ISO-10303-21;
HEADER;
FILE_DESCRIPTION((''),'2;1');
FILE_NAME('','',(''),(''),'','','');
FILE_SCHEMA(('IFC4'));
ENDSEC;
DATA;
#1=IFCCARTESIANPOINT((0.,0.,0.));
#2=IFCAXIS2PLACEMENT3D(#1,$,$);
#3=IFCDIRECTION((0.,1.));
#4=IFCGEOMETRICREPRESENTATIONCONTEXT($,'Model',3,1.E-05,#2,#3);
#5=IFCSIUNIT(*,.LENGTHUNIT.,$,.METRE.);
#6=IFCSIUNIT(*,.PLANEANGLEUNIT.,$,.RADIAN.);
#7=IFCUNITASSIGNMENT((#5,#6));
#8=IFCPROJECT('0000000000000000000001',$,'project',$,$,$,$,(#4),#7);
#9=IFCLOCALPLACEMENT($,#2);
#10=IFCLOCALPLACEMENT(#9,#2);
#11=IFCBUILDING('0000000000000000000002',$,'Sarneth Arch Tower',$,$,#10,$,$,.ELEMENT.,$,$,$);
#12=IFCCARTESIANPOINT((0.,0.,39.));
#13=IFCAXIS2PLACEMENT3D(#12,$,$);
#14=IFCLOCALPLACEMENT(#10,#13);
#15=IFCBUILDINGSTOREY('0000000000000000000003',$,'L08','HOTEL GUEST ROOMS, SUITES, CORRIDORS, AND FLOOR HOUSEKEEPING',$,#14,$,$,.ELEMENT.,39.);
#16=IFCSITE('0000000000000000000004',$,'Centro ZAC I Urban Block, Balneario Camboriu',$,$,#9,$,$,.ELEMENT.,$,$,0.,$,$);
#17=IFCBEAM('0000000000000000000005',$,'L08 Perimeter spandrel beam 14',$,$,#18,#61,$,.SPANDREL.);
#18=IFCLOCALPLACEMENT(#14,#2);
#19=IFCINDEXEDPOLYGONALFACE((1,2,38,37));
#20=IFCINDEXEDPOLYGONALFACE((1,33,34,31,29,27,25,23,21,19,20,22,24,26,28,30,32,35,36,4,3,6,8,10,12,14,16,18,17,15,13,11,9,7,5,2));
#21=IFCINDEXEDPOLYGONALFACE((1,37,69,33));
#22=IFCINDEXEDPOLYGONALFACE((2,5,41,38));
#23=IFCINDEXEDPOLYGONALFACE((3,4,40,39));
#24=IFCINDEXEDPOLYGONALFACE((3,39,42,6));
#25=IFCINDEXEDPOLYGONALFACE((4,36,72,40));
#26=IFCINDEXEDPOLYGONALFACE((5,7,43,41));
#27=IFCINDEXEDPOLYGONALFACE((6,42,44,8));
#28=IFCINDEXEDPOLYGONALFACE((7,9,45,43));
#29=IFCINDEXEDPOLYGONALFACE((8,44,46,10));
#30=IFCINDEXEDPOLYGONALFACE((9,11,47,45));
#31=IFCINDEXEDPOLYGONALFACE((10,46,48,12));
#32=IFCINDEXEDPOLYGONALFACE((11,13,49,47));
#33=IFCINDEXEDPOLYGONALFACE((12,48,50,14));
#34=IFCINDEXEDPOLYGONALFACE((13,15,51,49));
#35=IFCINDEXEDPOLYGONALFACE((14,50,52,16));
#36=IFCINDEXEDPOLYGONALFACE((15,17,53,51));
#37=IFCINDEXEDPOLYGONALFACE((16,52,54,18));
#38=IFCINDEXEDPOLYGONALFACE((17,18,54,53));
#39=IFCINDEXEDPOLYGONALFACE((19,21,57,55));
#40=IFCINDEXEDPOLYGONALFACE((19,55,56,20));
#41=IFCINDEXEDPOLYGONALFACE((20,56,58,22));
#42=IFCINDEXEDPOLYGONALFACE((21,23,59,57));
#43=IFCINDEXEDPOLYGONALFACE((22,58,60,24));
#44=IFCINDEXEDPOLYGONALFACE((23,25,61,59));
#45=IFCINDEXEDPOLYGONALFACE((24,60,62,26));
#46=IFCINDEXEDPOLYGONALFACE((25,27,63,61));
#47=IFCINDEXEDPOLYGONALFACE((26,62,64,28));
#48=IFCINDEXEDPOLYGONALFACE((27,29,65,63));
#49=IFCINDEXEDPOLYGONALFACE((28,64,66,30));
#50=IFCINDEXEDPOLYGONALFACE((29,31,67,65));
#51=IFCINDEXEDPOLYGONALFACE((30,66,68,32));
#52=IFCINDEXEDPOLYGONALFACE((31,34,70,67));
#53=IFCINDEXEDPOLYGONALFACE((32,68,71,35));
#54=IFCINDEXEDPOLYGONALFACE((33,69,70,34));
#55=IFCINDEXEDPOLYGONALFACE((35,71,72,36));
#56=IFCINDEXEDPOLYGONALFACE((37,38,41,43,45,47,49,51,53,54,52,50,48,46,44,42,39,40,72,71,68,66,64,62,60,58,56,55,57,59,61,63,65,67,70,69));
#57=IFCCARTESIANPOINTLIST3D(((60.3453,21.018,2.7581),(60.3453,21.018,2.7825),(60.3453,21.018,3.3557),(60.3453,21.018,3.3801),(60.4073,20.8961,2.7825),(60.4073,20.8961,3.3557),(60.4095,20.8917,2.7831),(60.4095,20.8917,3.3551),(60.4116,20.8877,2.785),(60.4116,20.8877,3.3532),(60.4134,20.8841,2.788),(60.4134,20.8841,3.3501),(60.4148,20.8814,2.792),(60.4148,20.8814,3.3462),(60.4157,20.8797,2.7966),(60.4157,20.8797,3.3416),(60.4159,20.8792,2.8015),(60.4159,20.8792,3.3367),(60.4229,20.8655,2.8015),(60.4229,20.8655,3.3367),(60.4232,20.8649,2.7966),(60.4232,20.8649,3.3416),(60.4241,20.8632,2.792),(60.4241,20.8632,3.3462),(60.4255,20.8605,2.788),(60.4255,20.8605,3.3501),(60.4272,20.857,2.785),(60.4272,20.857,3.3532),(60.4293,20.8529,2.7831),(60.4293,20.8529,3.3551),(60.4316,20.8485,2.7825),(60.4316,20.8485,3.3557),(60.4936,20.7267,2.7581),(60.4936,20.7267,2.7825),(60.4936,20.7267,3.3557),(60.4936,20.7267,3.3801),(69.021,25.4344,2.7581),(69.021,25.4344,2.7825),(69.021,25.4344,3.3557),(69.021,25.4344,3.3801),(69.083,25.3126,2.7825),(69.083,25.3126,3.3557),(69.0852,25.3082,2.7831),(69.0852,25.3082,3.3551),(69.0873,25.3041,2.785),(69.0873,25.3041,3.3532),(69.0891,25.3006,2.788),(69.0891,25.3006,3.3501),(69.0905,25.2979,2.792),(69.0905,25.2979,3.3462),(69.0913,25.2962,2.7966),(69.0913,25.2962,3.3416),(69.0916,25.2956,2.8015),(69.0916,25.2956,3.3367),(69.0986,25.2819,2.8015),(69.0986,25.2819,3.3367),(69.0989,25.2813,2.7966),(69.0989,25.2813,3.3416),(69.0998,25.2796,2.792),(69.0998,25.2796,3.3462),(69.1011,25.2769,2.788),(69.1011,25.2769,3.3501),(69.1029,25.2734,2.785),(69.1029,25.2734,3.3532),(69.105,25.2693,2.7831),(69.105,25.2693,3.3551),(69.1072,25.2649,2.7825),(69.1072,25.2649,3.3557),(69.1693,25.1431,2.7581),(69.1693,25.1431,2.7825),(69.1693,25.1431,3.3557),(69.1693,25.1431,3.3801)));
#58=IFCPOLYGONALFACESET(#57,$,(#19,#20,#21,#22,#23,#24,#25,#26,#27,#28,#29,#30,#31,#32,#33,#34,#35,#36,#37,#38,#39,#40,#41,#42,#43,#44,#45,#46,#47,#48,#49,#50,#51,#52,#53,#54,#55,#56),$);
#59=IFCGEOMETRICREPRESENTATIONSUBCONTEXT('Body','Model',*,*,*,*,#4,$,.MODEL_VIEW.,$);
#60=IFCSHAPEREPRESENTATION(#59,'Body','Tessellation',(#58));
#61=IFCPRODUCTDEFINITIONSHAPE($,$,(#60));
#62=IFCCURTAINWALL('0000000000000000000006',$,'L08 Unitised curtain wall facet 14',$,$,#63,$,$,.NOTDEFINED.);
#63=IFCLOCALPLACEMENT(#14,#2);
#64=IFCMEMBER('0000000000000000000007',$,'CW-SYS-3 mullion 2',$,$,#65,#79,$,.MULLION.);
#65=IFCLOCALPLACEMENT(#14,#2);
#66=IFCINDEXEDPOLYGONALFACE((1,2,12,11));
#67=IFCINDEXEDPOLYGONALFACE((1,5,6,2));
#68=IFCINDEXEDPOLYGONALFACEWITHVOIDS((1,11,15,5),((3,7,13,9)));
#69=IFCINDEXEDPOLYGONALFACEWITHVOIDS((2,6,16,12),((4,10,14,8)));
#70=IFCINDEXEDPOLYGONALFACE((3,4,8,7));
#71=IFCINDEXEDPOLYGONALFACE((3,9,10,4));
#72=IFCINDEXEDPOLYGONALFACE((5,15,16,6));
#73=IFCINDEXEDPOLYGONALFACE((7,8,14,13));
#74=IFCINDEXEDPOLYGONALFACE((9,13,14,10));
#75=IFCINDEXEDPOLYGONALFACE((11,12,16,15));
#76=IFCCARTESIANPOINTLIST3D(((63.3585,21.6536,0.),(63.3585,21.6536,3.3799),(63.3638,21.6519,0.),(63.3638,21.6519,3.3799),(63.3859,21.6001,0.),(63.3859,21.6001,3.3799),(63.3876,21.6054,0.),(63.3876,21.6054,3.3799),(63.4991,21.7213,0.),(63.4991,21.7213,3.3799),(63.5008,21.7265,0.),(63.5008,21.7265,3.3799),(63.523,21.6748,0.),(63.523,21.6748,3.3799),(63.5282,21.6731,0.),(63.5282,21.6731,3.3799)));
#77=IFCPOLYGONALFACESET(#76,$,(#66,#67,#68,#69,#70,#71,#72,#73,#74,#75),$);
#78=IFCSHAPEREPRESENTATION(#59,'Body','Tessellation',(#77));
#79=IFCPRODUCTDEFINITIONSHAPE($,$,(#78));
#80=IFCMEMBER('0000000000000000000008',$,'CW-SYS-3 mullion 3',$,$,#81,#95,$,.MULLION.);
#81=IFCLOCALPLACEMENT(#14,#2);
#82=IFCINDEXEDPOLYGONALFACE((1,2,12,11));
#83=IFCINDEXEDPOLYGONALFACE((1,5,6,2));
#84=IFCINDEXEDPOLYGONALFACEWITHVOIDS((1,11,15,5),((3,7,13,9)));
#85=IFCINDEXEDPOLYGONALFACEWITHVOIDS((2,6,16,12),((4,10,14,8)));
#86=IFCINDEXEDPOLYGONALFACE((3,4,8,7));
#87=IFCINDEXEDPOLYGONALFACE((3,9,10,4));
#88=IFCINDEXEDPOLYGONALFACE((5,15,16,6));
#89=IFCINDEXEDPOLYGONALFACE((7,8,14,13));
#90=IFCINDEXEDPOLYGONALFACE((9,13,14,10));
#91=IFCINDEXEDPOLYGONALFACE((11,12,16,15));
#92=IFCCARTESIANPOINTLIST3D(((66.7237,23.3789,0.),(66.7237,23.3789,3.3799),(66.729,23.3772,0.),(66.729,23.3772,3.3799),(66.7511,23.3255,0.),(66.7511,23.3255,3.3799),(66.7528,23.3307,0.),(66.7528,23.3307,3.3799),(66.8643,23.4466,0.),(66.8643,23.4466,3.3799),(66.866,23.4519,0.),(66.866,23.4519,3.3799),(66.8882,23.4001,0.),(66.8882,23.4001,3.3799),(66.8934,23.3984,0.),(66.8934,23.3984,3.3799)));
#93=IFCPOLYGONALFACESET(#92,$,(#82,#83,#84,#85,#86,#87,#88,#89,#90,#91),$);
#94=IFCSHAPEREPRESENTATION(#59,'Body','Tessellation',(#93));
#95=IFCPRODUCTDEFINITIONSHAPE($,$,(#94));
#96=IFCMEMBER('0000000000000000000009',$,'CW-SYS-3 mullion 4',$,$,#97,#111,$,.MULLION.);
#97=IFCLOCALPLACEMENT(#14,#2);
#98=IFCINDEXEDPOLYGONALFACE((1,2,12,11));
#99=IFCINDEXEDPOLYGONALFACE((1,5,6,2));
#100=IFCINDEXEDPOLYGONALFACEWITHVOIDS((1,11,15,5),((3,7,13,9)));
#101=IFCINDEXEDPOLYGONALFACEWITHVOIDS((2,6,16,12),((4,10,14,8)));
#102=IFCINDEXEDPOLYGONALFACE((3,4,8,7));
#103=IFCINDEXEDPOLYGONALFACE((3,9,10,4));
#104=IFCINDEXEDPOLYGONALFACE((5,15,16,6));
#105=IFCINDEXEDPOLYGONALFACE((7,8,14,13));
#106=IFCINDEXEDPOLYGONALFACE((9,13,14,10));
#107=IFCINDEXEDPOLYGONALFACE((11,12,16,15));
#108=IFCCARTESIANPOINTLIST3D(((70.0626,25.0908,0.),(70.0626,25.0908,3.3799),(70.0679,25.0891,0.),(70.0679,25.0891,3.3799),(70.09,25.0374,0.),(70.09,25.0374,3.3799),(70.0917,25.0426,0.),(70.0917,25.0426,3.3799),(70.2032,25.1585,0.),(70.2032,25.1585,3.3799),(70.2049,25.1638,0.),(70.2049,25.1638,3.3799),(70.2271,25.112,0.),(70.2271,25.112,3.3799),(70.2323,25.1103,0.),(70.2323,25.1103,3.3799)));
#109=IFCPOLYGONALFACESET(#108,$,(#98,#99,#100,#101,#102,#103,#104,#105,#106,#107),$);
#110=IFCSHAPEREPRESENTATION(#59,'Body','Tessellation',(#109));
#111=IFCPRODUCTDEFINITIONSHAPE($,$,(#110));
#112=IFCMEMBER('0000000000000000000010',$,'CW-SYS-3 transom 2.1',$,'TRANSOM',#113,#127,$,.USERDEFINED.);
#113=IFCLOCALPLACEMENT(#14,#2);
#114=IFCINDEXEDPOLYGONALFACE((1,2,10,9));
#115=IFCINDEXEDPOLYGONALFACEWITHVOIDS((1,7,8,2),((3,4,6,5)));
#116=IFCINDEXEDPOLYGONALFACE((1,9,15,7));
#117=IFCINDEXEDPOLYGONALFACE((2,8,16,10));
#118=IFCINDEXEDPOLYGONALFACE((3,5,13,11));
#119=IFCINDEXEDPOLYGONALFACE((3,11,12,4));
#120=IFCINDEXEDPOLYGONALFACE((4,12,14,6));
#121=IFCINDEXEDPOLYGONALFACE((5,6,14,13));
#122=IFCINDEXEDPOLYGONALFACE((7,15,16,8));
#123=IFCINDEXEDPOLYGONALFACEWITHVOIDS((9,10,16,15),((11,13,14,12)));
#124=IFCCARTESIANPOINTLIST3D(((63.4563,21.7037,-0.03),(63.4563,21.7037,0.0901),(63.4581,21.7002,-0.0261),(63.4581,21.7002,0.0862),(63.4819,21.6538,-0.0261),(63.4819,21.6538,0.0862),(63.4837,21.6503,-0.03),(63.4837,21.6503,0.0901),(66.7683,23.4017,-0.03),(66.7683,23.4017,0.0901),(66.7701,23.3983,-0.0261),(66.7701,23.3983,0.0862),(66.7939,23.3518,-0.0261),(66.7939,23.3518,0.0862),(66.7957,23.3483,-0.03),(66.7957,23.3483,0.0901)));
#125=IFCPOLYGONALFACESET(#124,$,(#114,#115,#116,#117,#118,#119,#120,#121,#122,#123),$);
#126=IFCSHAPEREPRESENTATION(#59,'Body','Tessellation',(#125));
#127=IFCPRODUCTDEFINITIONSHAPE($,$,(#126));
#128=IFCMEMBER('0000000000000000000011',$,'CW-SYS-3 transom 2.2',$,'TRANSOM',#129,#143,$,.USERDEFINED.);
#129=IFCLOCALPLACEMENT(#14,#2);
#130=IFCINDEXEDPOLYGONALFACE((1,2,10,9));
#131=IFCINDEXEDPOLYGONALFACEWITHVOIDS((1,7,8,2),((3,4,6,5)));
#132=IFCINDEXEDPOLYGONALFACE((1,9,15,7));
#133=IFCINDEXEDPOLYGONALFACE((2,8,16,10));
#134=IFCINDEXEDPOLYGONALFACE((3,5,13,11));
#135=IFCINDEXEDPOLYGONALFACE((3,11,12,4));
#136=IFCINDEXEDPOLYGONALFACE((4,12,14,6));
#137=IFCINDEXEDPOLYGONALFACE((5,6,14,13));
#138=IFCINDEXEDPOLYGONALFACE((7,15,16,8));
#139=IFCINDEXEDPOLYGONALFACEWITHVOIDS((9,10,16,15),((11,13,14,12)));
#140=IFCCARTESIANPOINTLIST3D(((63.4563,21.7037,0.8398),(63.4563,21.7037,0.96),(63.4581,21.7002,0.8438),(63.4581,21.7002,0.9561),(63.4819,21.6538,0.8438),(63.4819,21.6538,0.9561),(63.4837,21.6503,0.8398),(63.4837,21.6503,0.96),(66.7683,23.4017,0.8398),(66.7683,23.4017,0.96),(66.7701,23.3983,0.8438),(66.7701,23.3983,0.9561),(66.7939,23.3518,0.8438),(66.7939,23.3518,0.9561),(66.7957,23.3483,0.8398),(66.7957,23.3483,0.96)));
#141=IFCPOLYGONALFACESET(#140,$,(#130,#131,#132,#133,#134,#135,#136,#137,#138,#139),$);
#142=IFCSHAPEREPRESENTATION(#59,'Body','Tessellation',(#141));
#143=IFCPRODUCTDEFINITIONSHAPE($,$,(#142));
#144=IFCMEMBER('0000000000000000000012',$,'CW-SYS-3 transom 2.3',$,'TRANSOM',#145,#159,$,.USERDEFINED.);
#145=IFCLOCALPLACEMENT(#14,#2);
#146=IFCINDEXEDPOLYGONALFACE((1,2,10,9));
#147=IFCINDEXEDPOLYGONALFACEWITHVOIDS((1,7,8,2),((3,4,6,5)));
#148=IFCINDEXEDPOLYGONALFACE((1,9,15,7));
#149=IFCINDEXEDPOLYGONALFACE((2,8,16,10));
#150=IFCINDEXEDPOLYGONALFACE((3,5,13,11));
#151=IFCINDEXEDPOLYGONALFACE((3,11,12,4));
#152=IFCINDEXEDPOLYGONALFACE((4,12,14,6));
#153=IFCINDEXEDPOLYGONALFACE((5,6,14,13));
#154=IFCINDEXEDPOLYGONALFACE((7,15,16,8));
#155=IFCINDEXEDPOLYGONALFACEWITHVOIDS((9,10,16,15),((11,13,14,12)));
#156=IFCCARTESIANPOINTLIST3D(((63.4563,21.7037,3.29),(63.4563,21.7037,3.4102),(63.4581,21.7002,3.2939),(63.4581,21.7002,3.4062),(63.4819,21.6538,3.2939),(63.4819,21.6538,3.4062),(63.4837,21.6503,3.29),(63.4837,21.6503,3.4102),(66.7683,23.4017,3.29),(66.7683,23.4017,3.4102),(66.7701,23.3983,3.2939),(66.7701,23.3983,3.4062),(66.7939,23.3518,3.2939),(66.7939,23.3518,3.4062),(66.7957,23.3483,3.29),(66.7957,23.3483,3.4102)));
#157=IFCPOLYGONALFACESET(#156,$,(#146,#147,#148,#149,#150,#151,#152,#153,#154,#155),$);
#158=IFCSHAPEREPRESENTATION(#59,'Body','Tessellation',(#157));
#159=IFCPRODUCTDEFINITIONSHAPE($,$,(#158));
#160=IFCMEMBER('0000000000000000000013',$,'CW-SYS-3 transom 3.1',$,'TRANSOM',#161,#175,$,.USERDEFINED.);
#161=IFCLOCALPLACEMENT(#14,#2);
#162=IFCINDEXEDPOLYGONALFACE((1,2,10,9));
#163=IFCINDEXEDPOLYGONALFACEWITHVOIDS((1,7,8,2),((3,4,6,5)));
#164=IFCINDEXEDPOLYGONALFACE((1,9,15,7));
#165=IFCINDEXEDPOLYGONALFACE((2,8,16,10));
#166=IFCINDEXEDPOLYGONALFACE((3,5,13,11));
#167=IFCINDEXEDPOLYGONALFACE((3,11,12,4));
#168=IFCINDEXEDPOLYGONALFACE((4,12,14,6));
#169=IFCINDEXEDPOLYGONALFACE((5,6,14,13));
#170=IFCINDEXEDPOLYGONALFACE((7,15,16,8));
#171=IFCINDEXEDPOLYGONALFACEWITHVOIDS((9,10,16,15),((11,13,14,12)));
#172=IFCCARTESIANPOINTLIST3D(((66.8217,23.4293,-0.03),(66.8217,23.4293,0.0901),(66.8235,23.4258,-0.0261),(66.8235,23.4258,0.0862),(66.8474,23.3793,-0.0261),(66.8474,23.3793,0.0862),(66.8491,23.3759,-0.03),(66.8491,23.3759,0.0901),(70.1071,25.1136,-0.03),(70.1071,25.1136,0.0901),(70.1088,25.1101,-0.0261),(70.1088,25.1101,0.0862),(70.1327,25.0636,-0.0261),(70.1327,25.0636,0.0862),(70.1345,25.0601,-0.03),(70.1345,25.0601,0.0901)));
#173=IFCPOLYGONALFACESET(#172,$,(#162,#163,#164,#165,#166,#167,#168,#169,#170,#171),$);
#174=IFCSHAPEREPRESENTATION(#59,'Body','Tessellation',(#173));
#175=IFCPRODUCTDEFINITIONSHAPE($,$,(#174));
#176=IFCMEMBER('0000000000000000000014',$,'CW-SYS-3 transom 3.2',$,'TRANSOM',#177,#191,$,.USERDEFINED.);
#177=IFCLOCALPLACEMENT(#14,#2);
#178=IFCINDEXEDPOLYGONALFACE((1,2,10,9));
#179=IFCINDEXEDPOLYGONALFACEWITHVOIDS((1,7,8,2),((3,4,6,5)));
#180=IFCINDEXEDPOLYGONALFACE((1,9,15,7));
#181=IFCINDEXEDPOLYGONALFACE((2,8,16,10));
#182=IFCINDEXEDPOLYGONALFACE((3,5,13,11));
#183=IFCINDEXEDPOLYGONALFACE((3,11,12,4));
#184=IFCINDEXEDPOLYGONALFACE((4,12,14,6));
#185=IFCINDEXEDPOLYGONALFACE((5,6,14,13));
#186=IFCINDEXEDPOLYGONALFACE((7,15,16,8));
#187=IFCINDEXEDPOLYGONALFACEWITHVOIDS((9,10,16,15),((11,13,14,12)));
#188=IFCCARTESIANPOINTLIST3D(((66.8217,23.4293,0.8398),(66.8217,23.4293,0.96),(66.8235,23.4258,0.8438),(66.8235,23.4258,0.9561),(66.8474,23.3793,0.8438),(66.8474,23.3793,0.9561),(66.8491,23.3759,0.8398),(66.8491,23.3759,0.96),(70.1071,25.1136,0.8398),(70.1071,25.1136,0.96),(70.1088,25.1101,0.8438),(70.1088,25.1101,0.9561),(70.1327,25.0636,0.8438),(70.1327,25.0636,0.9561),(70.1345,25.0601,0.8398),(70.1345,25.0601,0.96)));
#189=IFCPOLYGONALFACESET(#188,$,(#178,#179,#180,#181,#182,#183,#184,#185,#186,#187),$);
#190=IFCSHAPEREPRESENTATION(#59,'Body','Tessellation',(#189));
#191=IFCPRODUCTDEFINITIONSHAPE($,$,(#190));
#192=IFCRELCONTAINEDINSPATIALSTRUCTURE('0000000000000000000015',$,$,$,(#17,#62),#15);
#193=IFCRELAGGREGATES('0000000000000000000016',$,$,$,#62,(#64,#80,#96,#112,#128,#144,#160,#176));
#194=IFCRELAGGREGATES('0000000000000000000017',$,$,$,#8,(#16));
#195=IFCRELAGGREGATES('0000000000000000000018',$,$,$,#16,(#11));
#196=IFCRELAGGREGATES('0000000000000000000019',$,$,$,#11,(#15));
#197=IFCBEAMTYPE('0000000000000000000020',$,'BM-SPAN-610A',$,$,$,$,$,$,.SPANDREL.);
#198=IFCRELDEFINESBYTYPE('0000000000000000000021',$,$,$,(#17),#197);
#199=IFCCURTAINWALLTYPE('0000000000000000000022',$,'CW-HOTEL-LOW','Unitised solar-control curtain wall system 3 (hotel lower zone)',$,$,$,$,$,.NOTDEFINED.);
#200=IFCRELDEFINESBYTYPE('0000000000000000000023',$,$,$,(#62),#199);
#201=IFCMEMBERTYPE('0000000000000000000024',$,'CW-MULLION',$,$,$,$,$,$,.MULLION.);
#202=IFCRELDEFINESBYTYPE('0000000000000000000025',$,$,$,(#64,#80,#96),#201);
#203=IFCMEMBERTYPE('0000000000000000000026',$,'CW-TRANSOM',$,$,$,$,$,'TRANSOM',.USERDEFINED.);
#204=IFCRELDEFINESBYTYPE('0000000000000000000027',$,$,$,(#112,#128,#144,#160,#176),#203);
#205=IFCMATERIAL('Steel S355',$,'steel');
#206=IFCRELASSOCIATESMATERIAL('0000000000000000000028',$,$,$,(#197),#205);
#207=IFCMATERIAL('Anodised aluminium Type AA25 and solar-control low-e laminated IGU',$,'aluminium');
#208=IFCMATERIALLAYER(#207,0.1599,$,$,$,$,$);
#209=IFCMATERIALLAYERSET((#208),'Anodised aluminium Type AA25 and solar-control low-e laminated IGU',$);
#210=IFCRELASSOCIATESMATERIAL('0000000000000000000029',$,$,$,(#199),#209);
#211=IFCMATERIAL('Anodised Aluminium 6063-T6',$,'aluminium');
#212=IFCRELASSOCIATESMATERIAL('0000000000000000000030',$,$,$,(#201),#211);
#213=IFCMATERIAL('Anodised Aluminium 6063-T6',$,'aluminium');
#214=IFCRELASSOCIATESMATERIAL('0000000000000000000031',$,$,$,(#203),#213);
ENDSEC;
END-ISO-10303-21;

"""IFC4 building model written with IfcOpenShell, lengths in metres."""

from ifc_helpers import new_model, si_unit, direction, frame, origin, origin_2d, place, context, subcontext, project, spatial, hollow_rectangle, i_section, extrude, material, layer, layer_set, material_profile, profile_set, type_object, element, aggregate, save


model = new_model("IFC4")

# Units and contexts
model_context = context("Model", 3, precision=1e-05, world=origin(), true_north=direction((0.0, 1.0)))
body_context = subcontext(model_context, "Body", "Model", "MODEL_VIEW")
ifc_project = project(units=[si_unit("LENGTHUNIT", "METRE"), si_unit("PLANEANGLEUNIT", "RADIAN")], contexts=[model_context])

# Site, building, storey
site_placement = place(None, origin())
site = spatial("IfcSite", under=ifc_project, at=site_placement, Name="Centro ZAC I Urban Block, Balneario Camboriu", CompositionType="ELEMENT", RefElevation=0.0)
building_placement = place(site_placement, origin())
building = spatial("IfcBuilding", under=site, at=building_placement, Name="Sarneth Arch Tower", CompositionType="ELEMENT")
storey_placement = place(building_placement, frame((0.0, 0.0, 39.0)))
storey = spatial("IfcBuildingStorey", under=building, at=storey_placement, Name="L08", Description="HOTEL GUEST ROOMS, SUITES, CORRIDORS, AND FLOOR HOUSEKEEPING", CompositionType="ELEMENT", Elevation=39.0)

# Beam
ifc_material_1 = material(Name="Steel S355", Category="steel")
ifc_material_profile_1 = material_profile(ifc_material_1, i_section(OverallWidth=0.3269, OverallDepth=0.6221, WebThickness=0.0154, FlangeThickness=0.0244, FilletRadius=0.019, at=origin_2d()), Name="W610x195")
ifc_profile_set_1 = profile_set([ifc_material_profile_1], Name="Steel S355")
beam_type = type_object("IfcBeamType", Name="BM-SPAN-610A", PredefinedType="SPANDREL", material=ifc_profile_set_1)
beam_placement = place(storey_placement, frame((60.4194, 20.8723, 3.0691), z_axis=(0.891174, 0.453662, 0.0), x_axis=(-0.453662, 0.891174, 0.0)))
element("IfcBeam", 1, at=beam_placement, inside=storey, type_object=beam_type, Name="L08 Perimeter spandrel beam 14", PredefinedType="SPANDREL", context=body_context, shape_type="SweptSolid", body=[
    extrude(i_section(OverallWidth=0.3269, OverallDepth=0.6221, WebThickness=0.0154, FlangeThickness=0.0244, FilletRadius=0.019, at=origin_2d()), origin(), (0.0, 0.0, 1.0), 9.7351),
])

# Curtain wall, members
ifc_material_2 = material(Name="Anodised aluminium Type AA25 and solar-control low-e laminated IGU", Category="aluminium")
ifc_layer_1 = layer(ifc_material_2, 0.1599)
ifc_layer_set_1 = layer_set([ifc_layer_1], Name="Anodised aluminium Type AA25 and solar-control low-e laminated IGU")
curtain_wall_type = type_object("IfcCurtainWallType", Name="CW-HOTEL-LOW", Description="Unitised solar-control curtain wall system 3 (hotel lower zone)", PredefinedType="NOTDEFINED", material=ifc_layer_set_1)
curtain_wall_placement = place(storey_placement, origin())
curtain_wall = element("IfcCurtainWall", 2, at=curtain_wall_placement, inside=storey, type_object=curtain_wall_type, Name="L08 Unitised curtain wall facet 14", PredefinedType="NOTDEFINED")
ifc_material_3 = material(Name="Anodised Aluminium 6063-T6", Category="aluminium")
ifc_material_profile_2 = material_profile(ifc_material_3, hollow_rectangle(XDim=0.0601, YDim=0.1599, WallThickness=0.0039, at=origin_2d()), Name="AL-MULL-160x60x4")
ifc_profile_set_2 = profile_set([ifc_material_profile_2], Name="Anodised Aluminium 6063-T6")
member_type_1 = type_object("IfcMemberType", Name="CW-MULLION", PredefinedType="MULLION", material=ifc_profile_set_2)
member_1_placement = place(storey_placement, frame((63.4434, 21.6633, 0.0), z_axis=(0.0, 0.0, 1.0), x_axis=(-0.456245, 0.889854, 0.0)))
member_1 = element("IfcMember", 3, at=member_1_placement, type_object=member_type_1, Name="CW-SYS-3 mullion 2", PredefinedType="MULLION", context=body_context, shape_type="SweptSolid", body=[
    extrude(hollow_rectangle(XDim=0.0601, YDim=0.1599, WallThickness=0.0039, at=origin_2d()), origin(), (0.0, 0.0, 1.0), 3.3799),
])
member_2_placement = place(storey_placement, frame((66.8086, 23.3887, 0.0), z_axis=(0.0, 0.0, 1.0), x_axis=(-0.456245, 0.889854, 0.0)))
member_2 = element("IfcMember", 4, at=member_2_placement, type_object=member_type_1, Name="CW-SYS-3 mullion 3", PredefinedType="MULLION", context=body_context, shape_type="SweptSolid", body=[
    extrude(hollow_rectangle(XDim=0.0601, YDim=0.1599, WallThickness=0.0039, at=origin_2d()), origin(), (0.0, 0.0, 1.0), 3.3799),
])
member_3_placement = place(storey_placement, frame((70.1475, 25.1006, 0.0), z_axis=(0.0, 0.0, 1.0), x_axis=(-0.456245, 0.889854, 0.0)))
member_3 = element("IfcMember", 5, at=member_3_placement, type_object=member_type_1, Name="CW-SYS-3 mullion 4", PredefinedType="MULLION", context=body_context, shape_type="SweptSolid", body=[
    extrude(hollow_rectangle(XDim=0.0601, YDim=0.1599, WallThickness=0.0039, at=origin_2d()), origin(), (0.0, 0.0, 1.0), 3.3799),
])
ifc_material_4 = material(Name="Anodised Aluminium 6063-T6", Category="aluminium")
ifc_material_profile_3 = material_profile(ifc_material_4, hollow_rectangle(XDim=0.0601, YDim=0.1201, WallThickness=0.0039, at=origin_2d()), Name="AL-TRAN-120x60x4")
ifc_profile_set_3 = profile_set([ifc_material_profile_3], Name="Anodised Aluminium 6063-T6")
member_type_2 = type_object("IfcMemberType", Name="CW-TRANSOM", ElementType="TRANSOM", PredefinedType="USERDEFINED", material=ifc_profile_set_3)
member_4_placement = place(storey_placement, frame((63.47, 21.677, 0.03), z_axis=(0.889869, 0.456217, 0.0), x_axis=(-0.456217, 0.889869, 0.0)))
member_4 = element("IfcMember", 6, at=member_4_placement, type_object=member_type_2, Name="CW-SYS-3 transom 2.1", ObjectType="TRANSOM", PredefinedType="USERDEFINED", context=body_context, shape_type="SweptSolid", body=[
    extrude(hollow_rectangle(XDim=0.0601, YDim=0.1201, WallThickness=0.0039, at=origin_2d()), origin(), (0.0, 0.0, 1.0), 3.7219),
])
member_5_placement = place(storey_placement, frame((63.47, 21.677, 0.8999), z_axis=(0.889869, 0.456217, 0.0), x_axis=(-0.456217, 0.889869, 0.0)))
member_5 = element("IfcMember", 7, at=member_5_placement, type_object=member_type_2, Name="CW-SYS-3 transom 2.2", ObjectType="TRANSOM", PredefinedType="USERDEFINED", context=body_context, shape_type="SweptSolid", body=[
    extrude(hollow_rectangle(XDim=0.0601, YDim=0.1201, WallThickness=0.0039, at=origin_2d()), origin(), (0.0, 0.0, 1.0), 3.7219),
])
member_6_placement = place(storey_placement, frame((63.47, 21.677, 3.3501), z_axis=(0.889869, 0.456217, 0.0), x_axis=(-0.456217, 0.889869, 0.0)))
member_6 = element("IfcMember", 8, at=member_6_placement, type_object=member_type_2, Name="CW-SYS-3 transom 2.3", ObjectType="TRANSOM", PredefinedType="USERDEFINED", context=body_context, shape_type="SweptSolid", body=[
    extrude(hollow_rectangle(XDim=0.0601, YDim=0.1201, WallThickness=0.0039, at=origin_2d()), origin(), (0.0, 0.0, 1.0), 3.7219),
])
member_7_placement = place(storey_placement, frame((66.8354, 23.4026, 0.03), z_axis=(0.889872, 0.456211, 0.0), x_axis=(-0.456211, 0.889872, 0.0)))
member_7 = element("IfcMember", 9, at=member_7_placement, type_object=member_type_2, Name="CW-SYS-3 transom 3.1", ObjectType="TRANSOM", PredefinedType="USERDEFINED", context=body_context, shape_type="SweptSolid", body=[
    extrude(hollow_rectangle(XDim=0.0601, YDim=0.1201, WallThickness=0.0039, at=origin_2d()), origin(), (0.0, 0.0, 1.0), 3.6919),
])
member_8_placement = place(storey_placement, frame((66.8354, 23.4026, 0.8999), z_axis=(0.889872, 0.456211, 0.0), x_axis=(-0.456211, 0.889872, 0.0)))
member_8 = element("IfcMember", 10, at=member_8_placement, type_object=member_type_2, Name="CW-SYS-3 transom 3.2", ObjectType="TRANSOM", PredefinedType="USERDEFINED", context=body_context, shape_type="SweptSolid", body=[
    extrude(hollow_rectangle(XDim=0.0601, YDim=0.1201, WallThickness=0.0039, at=origin_2d()), origin(), (0.0, 0.0, 1.0), 3.6919),
])
aggregate(curtain_wall, [member_1, member_2, member_3, member_4, member_5, member_6, member_7, member_8])

save(model, "model.ifc")
